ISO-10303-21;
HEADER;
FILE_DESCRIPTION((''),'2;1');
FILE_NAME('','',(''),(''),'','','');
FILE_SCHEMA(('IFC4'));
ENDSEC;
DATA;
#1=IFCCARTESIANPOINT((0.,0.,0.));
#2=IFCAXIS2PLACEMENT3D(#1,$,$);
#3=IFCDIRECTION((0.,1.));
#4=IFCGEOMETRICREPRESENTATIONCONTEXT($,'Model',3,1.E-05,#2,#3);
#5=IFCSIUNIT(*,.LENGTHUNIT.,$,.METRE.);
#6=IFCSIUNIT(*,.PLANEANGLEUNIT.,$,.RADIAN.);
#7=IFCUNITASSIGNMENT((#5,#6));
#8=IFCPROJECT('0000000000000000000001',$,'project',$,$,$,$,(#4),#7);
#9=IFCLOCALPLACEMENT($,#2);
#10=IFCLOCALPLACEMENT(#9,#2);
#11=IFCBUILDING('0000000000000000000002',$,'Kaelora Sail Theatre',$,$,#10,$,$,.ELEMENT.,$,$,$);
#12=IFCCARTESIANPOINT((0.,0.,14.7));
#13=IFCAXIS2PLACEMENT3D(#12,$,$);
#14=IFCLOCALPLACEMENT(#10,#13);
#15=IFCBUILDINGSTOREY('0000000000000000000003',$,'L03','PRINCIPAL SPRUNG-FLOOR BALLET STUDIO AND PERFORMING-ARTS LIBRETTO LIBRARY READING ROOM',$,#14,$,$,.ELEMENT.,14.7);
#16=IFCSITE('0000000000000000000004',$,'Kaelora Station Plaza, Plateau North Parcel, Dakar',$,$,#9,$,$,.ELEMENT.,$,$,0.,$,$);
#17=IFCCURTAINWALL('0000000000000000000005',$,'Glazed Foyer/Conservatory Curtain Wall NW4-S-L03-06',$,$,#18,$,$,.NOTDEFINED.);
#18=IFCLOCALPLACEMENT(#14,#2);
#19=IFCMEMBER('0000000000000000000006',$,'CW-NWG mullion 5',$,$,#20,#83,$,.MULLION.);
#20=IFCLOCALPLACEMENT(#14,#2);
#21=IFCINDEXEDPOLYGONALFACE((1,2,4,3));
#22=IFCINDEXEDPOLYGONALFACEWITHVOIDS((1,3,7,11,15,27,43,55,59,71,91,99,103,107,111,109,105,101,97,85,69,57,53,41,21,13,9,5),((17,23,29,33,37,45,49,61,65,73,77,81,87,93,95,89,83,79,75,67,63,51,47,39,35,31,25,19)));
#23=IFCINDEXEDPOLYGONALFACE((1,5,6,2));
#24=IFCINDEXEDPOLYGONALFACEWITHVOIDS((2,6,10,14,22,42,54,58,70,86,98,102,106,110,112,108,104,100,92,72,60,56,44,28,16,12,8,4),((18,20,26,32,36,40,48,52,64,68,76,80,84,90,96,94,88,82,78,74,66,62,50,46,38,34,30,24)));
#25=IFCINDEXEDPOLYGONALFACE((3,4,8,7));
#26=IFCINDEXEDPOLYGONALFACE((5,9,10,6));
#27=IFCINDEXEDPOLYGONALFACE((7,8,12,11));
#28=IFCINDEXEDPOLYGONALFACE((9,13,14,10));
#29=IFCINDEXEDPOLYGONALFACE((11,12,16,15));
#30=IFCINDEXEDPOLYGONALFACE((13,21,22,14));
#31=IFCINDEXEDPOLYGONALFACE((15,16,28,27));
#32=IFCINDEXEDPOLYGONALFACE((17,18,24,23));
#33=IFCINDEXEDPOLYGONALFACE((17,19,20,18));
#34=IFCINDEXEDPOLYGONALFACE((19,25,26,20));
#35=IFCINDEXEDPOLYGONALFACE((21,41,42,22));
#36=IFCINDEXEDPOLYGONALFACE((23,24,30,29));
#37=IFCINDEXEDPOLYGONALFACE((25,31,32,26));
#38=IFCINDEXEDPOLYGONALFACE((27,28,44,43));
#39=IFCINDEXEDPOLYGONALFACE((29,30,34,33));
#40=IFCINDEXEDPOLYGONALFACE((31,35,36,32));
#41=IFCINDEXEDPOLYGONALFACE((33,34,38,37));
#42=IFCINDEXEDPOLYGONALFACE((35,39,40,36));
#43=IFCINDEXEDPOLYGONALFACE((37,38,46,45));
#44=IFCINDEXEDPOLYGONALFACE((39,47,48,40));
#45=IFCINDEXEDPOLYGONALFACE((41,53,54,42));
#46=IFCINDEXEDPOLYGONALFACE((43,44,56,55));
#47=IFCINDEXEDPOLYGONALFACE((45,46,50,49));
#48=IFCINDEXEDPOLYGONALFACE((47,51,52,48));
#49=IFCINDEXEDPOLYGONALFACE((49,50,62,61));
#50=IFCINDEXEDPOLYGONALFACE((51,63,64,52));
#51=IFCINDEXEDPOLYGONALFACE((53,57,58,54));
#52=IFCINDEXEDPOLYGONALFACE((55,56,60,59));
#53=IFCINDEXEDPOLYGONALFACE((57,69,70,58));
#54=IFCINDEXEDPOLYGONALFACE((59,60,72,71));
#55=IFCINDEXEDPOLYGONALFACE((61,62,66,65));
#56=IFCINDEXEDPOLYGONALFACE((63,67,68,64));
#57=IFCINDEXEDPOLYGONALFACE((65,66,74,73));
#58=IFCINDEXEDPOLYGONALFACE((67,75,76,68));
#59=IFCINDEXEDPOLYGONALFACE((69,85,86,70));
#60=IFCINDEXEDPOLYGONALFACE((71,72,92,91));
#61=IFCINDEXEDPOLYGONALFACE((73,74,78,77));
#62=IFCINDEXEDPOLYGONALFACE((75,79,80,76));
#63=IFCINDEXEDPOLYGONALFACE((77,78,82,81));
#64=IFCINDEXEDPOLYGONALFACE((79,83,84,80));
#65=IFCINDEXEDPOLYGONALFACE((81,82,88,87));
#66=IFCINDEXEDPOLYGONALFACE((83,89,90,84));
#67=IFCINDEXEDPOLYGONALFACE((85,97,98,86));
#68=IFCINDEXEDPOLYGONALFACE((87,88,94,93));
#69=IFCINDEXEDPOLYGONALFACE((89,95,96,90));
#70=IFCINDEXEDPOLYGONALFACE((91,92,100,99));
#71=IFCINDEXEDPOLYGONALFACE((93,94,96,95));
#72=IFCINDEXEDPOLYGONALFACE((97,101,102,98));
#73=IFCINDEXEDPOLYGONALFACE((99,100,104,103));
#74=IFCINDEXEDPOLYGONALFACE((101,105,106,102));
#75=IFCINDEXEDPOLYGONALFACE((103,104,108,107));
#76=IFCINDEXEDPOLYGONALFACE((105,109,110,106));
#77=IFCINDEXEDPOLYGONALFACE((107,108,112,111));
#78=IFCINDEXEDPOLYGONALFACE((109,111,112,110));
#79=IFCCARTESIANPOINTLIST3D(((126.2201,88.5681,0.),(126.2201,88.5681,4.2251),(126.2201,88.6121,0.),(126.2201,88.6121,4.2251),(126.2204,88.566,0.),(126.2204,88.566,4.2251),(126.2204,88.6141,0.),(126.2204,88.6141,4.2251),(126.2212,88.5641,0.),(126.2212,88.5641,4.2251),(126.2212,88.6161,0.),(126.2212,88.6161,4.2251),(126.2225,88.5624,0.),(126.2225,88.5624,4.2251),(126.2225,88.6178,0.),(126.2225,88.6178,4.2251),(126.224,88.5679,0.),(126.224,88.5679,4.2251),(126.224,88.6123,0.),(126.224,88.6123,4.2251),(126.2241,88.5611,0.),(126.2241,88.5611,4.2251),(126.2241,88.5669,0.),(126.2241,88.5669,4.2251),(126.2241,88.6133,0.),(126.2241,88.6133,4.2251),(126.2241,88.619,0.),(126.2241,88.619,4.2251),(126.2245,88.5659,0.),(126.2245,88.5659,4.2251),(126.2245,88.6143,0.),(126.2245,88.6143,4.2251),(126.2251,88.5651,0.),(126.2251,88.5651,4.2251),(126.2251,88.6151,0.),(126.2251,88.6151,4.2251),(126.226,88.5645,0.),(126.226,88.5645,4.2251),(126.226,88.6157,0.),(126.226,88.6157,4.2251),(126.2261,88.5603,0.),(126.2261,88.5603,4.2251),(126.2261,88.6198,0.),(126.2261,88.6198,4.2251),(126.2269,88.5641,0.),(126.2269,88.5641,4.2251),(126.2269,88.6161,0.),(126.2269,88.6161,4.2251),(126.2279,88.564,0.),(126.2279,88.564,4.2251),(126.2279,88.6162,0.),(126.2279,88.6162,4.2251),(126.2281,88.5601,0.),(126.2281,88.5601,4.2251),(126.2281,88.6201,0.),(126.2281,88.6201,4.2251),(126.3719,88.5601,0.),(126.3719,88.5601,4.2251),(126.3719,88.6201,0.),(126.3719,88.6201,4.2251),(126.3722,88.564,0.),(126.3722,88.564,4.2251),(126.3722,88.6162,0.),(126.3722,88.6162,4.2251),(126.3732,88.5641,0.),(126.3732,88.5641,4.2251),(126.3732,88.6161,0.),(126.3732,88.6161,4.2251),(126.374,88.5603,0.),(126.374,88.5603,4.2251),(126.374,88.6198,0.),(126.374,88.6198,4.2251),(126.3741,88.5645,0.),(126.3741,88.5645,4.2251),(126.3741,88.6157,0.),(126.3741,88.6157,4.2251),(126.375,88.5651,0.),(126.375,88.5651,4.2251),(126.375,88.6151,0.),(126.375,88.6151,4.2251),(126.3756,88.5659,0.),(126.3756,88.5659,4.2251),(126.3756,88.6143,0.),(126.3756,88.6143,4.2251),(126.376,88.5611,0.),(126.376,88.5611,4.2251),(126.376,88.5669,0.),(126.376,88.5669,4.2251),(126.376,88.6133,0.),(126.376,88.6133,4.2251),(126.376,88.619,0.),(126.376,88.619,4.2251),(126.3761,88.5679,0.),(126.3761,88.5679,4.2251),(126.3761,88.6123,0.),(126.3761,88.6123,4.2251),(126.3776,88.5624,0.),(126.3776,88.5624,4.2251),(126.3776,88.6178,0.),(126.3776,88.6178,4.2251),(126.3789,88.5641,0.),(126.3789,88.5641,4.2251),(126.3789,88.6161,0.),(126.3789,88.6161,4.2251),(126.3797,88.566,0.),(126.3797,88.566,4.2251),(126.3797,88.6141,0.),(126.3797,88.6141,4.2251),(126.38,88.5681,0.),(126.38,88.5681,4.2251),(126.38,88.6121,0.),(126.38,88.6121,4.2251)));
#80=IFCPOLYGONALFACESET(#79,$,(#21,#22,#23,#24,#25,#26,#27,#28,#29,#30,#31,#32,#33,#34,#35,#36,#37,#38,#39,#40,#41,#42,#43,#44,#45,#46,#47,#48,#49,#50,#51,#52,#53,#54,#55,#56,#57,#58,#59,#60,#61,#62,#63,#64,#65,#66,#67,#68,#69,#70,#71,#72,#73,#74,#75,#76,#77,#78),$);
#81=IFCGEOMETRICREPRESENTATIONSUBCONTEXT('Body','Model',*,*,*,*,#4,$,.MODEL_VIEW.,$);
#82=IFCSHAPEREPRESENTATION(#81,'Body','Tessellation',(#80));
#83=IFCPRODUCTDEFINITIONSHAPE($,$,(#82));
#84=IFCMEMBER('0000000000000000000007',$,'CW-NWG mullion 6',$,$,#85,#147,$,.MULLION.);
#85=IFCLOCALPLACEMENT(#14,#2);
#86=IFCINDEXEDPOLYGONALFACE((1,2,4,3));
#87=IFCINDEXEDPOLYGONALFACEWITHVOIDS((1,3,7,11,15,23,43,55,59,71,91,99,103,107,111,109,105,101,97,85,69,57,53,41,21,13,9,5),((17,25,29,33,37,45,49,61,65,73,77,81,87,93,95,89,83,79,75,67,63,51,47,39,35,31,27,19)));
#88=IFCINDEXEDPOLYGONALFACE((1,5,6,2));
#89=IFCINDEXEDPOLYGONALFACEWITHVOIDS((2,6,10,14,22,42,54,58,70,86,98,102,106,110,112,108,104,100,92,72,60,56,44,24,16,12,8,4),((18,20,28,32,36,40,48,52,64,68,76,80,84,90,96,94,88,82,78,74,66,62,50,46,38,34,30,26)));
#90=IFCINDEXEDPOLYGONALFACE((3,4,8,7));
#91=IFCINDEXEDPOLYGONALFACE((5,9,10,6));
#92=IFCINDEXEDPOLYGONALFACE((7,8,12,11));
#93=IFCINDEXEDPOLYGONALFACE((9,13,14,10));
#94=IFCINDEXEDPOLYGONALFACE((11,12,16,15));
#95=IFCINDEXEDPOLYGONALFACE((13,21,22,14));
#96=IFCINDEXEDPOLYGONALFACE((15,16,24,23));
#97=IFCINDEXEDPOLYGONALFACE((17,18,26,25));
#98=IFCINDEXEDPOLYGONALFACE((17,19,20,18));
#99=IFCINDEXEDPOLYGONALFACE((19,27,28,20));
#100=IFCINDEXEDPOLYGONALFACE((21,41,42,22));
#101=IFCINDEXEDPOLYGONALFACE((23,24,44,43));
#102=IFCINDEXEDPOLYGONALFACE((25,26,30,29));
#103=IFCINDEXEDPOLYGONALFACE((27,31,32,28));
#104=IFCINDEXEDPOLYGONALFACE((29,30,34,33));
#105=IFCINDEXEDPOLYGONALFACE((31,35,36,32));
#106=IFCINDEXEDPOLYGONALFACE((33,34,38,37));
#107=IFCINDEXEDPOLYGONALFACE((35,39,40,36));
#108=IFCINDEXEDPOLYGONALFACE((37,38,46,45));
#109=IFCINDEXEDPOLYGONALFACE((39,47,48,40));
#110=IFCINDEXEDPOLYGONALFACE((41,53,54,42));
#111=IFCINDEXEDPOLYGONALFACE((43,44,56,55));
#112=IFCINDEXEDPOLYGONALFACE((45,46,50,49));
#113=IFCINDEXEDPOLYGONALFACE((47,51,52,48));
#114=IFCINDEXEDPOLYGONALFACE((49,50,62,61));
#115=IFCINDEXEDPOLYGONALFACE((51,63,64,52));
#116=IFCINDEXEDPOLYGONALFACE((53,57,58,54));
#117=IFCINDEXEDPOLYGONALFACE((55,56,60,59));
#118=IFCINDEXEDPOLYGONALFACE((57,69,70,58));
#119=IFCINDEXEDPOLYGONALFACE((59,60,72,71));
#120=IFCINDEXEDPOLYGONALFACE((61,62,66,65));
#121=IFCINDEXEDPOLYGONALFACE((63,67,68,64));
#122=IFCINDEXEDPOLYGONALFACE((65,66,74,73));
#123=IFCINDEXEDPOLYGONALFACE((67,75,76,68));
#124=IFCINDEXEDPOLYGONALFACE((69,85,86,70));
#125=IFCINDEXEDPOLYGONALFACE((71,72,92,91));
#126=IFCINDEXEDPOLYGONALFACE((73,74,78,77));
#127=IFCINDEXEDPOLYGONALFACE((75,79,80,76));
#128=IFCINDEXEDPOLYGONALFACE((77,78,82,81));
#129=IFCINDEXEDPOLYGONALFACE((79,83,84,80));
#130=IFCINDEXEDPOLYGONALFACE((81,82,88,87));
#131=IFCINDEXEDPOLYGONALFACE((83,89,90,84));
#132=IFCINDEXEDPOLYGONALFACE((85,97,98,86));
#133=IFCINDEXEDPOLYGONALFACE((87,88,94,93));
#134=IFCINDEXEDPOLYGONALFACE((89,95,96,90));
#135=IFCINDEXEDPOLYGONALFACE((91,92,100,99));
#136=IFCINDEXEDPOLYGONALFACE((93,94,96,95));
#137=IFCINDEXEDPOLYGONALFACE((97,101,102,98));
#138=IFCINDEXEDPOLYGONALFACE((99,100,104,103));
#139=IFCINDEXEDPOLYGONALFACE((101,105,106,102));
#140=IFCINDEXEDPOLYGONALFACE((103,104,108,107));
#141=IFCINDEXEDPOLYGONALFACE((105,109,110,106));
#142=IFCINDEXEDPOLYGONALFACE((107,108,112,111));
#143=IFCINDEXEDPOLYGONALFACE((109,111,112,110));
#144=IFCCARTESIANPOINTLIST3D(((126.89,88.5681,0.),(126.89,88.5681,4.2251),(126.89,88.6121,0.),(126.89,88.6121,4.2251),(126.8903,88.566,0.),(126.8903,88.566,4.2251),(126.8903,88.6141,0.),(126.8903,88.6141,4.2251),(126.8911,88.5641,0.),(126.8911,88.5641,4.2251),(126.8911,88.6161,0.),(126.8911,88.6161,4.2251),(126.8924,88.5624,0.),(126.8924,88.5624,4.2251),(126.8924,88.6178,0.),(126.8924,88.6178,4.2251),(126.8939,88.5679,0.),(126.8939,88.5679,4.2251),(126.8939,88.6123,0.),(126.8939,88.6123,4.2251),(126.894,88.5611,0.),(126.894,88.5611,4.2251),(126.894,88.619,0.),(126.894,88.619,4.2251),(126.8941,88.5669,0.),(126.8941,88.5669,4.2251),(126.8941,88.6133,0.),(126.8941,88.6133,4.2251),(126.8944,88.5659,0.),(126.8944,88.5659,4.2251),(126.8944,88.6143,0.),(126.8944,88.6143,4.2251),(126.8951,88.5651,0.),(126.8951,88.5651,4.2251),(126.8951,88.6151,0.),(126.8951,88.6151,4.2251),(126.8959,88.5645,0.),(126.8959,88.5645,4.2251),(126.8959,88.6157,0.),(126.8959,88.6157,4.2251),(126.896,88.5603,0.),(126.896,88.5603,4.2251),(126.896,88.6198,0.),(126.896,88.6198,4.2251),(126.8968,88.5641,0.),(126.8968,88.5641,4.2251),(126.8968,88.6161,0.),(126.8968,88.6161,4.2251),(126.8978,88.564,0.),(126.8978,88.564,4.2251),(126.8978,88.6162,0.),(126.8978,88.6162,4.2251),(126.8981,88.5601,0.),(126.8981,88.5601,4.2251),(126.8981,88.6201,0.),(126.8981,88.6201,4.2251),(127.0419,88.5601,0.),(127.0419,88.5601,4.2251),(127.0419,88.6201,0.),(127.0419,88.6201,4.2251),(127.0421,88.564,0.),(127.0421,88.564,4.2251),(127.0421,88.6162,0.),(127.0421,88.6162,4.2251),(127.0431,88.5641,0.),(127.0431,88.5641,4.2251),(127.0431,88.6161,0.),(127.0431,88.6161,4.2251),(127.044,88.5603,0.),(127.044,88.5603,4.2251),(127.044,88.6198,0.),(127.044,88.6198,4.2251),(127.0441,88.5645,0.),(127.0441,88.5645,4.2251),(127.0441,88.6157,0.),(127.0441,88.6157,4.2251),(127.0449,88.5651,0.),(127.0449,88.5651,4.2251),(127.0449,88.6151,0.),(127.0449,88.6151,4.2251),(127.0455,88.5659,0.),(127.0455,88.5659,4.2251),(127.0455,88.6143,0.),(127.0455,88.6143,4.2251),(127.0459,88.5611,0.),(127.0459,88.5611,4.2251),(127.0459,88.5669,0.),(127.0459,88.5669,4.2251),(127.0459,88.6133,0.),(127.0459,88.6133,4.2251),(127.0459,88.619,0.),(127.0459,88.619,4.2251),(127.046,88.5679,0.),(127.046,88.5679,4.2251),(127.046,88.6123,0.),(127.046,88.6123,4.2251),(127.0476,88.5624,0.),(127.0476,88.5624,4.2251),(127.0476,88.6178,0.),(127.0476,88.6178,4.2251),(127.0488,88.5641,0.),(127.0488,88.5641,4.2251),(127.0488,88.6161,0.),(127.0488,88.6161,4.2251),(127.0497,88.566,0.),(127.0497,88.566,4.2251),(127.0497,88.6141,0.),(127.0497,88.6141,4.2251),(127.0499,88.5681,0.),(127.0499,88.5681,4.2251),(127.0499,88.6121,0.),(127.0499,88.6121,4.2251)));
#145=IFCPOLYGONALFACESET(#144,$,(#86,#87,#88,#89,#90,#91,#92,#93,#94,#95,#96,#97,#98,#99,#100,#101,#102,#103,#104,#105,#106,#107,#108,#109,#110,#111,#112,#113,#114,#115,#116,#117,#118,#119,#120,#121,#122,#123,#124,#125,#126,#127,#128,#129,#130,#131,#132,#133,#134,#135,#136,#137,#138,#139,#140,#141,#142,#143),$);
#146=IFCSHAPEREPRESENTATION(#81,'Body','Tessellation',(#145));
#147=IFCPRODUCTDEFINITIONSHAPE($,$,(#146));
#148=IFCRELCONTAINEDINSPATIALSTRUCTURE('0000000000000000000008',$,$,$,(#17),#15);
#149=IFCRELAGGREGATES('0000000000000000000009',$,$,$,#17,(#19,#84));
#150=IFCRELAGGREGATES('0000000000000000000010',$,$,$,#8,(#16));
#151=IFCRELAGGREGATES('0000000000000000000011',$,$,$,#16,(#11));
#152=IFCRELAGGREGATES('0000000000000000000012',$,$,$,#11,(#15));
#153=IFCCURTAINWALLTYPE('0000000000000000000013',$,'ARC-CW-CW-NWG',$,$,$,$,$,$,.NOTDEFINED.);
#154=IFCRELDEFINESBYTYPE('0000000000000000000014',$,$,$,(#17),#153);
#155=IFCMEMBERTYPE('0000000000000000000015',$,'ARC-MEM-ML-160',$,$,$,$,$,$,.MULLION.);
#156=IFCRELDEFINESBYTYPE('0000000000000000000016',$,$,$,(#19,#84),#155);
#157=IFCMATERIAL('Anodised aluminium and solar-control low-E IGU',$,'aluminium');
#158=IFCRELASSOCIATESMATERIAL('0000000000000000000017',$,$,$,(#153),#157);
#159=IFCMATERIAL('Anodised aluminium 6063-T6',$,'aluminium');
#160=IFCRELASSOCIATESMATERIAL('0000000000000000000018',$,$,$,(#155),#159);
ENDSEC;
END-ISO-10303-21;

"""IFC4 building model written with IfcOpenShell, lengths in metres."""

from ifc_helpers import new_model, si_unit, direction, frame, origin, origin_2d, place, context, subcontext, project, spatial, hollow_rectangle, extrude, material, material_profile, profile_set, type_object, element, aggregate, save


model = new_model("IFC4")

# Units and contexts
model_context = context("Model", 3, precision=1e-05, world=origin(), true_north=direction((0.0, 1.0)))
body_context = subcontext(model_context, "Body", "Model", "MODEL_VIEW")
ifc_project = project(units=[si_unit("LENGTHUNIT", "METRE"), si_unit("PLANEANGLEUNIT", "RADIAN")], contexts=[model_context])

# Site, building, storey
site_placement = place(None, origin())
site = spatial("IfcSite", under=ifc_project, at=site_placement, Name="Kaelora Station Plaza, Plateau North Parcel, Dakar", CompositionType="ELEMENT", RefElevation=0.0)
building_placement = place(site_placement, origin())
building = spatial("IfcBuilding", under=site, at=building_placement, Name="Kaelora Sail Theatre", CompositionType="ELEMENT")
storey_placement = place(building_placement, frame((0.0, 0.0, 14.7)))
storey = spatial("IfcBuildingStorey", under=building, at=storey_placement, Name="L03", Description="PRINCIPAL SPRUNG-FLOOR BALLET STUDIO AND PERFORMING-ARTS LIBRETTO LIBRARY READING ROOM", CompositionType="ELEMENT", Elevation=14.7)

# Curtain wall, members
ifc_material_1 = material(Name="Anodised aluminium and solar-control low-E IGU", Category="aluminium")
curtain_wall_type = type_object("IfcCurtainWallType", Name="ARC-CW-CW-NWG", PredefinedType="NOTDEFINED", material=ifc_material_1)
curtain_wall_1_placement = place(storey_placement, origin())
curtain_wall_1 = element("IfcCurtainWall", 1, at=curtain_wall_1_placement, inside=storey, type_object=curtain_wall_type, Name="Glazed Foyer/Conservatory Curtain Wall NW4-S-L03-06", PredefinedType="NOTDEFINED")
ifc_material_2 = material(Name="Anodised aluminium 6063-T6", Category="aluminium")
ifc_material_profile_1 = material_profile(ifc_material_2, hollow_rectangle(XDim=0.0601, YDim=0.1599, WallThickness=0.0039, InnerFilletRadius=0.0039, OuterFilletRadius=0.0081, at=origin_2d()), Name="ALU-MULL 60x160x4")
ifc_profile_set_1 = profile_set([ifc_material_profile_1], Name="Anodised aluminium 6063-T6")
member_type_1 = type_object("IfcMemberType", Name="ARC-MEM-ML-160", PredefinedType="MULLION", material=ifc_profile_set_1)
member_1_placement = place(storey_placement, frame((126.3, 88.5901, 0.0), z_axis=(0.0, 0.0, 1.0), x_axis=(0.0, 1.0, 0.0)))
member_1 = element("IfcMember", 2, at=member_1_placement, type_object=member_type_1, Name="CW-NWG mullion 5", PredefinedType="MULLION", context=body_context, shape_type="SweptSolid", body=[
    extrude(hollow_rectangle(XDim=0.0601, YDim=0.1599, WallThickness=0.0039, InnerFilletRadius=0.0039, OuterFilletRadius=0.0081, at=origin_2d()), origin(), (0.0, 0.0, 1.0), 4.2251),
])
member_2_placement = place(storey_placement, frame((126.97, 88.5901, 0.0), z_axis=(0.0, 0.0, 1.0), x_axis=(0.0, 1.0, 0.0)))
member_2 = element("IfcMember", 3, at=member_2_placement, type_object=member_type_1, Name="CW-NWG mullion 6", PredefinedType="MULLION", context=body_context, shape_type="SweptSolid", body=[
    extrude(hollow_rectangle(XDim=0.0601, YDim=0.1599, WallThickness=0.0039, InnerFilletRadius=0.0039, OuterFilletRadius=0.0081, at=origin_2d()), origin(), (0.0, 0.0, 1.0), 4.2251),
])

aggregate(curtain_wall_1, [member_1, member_2])

save(model, "model.ifc")
